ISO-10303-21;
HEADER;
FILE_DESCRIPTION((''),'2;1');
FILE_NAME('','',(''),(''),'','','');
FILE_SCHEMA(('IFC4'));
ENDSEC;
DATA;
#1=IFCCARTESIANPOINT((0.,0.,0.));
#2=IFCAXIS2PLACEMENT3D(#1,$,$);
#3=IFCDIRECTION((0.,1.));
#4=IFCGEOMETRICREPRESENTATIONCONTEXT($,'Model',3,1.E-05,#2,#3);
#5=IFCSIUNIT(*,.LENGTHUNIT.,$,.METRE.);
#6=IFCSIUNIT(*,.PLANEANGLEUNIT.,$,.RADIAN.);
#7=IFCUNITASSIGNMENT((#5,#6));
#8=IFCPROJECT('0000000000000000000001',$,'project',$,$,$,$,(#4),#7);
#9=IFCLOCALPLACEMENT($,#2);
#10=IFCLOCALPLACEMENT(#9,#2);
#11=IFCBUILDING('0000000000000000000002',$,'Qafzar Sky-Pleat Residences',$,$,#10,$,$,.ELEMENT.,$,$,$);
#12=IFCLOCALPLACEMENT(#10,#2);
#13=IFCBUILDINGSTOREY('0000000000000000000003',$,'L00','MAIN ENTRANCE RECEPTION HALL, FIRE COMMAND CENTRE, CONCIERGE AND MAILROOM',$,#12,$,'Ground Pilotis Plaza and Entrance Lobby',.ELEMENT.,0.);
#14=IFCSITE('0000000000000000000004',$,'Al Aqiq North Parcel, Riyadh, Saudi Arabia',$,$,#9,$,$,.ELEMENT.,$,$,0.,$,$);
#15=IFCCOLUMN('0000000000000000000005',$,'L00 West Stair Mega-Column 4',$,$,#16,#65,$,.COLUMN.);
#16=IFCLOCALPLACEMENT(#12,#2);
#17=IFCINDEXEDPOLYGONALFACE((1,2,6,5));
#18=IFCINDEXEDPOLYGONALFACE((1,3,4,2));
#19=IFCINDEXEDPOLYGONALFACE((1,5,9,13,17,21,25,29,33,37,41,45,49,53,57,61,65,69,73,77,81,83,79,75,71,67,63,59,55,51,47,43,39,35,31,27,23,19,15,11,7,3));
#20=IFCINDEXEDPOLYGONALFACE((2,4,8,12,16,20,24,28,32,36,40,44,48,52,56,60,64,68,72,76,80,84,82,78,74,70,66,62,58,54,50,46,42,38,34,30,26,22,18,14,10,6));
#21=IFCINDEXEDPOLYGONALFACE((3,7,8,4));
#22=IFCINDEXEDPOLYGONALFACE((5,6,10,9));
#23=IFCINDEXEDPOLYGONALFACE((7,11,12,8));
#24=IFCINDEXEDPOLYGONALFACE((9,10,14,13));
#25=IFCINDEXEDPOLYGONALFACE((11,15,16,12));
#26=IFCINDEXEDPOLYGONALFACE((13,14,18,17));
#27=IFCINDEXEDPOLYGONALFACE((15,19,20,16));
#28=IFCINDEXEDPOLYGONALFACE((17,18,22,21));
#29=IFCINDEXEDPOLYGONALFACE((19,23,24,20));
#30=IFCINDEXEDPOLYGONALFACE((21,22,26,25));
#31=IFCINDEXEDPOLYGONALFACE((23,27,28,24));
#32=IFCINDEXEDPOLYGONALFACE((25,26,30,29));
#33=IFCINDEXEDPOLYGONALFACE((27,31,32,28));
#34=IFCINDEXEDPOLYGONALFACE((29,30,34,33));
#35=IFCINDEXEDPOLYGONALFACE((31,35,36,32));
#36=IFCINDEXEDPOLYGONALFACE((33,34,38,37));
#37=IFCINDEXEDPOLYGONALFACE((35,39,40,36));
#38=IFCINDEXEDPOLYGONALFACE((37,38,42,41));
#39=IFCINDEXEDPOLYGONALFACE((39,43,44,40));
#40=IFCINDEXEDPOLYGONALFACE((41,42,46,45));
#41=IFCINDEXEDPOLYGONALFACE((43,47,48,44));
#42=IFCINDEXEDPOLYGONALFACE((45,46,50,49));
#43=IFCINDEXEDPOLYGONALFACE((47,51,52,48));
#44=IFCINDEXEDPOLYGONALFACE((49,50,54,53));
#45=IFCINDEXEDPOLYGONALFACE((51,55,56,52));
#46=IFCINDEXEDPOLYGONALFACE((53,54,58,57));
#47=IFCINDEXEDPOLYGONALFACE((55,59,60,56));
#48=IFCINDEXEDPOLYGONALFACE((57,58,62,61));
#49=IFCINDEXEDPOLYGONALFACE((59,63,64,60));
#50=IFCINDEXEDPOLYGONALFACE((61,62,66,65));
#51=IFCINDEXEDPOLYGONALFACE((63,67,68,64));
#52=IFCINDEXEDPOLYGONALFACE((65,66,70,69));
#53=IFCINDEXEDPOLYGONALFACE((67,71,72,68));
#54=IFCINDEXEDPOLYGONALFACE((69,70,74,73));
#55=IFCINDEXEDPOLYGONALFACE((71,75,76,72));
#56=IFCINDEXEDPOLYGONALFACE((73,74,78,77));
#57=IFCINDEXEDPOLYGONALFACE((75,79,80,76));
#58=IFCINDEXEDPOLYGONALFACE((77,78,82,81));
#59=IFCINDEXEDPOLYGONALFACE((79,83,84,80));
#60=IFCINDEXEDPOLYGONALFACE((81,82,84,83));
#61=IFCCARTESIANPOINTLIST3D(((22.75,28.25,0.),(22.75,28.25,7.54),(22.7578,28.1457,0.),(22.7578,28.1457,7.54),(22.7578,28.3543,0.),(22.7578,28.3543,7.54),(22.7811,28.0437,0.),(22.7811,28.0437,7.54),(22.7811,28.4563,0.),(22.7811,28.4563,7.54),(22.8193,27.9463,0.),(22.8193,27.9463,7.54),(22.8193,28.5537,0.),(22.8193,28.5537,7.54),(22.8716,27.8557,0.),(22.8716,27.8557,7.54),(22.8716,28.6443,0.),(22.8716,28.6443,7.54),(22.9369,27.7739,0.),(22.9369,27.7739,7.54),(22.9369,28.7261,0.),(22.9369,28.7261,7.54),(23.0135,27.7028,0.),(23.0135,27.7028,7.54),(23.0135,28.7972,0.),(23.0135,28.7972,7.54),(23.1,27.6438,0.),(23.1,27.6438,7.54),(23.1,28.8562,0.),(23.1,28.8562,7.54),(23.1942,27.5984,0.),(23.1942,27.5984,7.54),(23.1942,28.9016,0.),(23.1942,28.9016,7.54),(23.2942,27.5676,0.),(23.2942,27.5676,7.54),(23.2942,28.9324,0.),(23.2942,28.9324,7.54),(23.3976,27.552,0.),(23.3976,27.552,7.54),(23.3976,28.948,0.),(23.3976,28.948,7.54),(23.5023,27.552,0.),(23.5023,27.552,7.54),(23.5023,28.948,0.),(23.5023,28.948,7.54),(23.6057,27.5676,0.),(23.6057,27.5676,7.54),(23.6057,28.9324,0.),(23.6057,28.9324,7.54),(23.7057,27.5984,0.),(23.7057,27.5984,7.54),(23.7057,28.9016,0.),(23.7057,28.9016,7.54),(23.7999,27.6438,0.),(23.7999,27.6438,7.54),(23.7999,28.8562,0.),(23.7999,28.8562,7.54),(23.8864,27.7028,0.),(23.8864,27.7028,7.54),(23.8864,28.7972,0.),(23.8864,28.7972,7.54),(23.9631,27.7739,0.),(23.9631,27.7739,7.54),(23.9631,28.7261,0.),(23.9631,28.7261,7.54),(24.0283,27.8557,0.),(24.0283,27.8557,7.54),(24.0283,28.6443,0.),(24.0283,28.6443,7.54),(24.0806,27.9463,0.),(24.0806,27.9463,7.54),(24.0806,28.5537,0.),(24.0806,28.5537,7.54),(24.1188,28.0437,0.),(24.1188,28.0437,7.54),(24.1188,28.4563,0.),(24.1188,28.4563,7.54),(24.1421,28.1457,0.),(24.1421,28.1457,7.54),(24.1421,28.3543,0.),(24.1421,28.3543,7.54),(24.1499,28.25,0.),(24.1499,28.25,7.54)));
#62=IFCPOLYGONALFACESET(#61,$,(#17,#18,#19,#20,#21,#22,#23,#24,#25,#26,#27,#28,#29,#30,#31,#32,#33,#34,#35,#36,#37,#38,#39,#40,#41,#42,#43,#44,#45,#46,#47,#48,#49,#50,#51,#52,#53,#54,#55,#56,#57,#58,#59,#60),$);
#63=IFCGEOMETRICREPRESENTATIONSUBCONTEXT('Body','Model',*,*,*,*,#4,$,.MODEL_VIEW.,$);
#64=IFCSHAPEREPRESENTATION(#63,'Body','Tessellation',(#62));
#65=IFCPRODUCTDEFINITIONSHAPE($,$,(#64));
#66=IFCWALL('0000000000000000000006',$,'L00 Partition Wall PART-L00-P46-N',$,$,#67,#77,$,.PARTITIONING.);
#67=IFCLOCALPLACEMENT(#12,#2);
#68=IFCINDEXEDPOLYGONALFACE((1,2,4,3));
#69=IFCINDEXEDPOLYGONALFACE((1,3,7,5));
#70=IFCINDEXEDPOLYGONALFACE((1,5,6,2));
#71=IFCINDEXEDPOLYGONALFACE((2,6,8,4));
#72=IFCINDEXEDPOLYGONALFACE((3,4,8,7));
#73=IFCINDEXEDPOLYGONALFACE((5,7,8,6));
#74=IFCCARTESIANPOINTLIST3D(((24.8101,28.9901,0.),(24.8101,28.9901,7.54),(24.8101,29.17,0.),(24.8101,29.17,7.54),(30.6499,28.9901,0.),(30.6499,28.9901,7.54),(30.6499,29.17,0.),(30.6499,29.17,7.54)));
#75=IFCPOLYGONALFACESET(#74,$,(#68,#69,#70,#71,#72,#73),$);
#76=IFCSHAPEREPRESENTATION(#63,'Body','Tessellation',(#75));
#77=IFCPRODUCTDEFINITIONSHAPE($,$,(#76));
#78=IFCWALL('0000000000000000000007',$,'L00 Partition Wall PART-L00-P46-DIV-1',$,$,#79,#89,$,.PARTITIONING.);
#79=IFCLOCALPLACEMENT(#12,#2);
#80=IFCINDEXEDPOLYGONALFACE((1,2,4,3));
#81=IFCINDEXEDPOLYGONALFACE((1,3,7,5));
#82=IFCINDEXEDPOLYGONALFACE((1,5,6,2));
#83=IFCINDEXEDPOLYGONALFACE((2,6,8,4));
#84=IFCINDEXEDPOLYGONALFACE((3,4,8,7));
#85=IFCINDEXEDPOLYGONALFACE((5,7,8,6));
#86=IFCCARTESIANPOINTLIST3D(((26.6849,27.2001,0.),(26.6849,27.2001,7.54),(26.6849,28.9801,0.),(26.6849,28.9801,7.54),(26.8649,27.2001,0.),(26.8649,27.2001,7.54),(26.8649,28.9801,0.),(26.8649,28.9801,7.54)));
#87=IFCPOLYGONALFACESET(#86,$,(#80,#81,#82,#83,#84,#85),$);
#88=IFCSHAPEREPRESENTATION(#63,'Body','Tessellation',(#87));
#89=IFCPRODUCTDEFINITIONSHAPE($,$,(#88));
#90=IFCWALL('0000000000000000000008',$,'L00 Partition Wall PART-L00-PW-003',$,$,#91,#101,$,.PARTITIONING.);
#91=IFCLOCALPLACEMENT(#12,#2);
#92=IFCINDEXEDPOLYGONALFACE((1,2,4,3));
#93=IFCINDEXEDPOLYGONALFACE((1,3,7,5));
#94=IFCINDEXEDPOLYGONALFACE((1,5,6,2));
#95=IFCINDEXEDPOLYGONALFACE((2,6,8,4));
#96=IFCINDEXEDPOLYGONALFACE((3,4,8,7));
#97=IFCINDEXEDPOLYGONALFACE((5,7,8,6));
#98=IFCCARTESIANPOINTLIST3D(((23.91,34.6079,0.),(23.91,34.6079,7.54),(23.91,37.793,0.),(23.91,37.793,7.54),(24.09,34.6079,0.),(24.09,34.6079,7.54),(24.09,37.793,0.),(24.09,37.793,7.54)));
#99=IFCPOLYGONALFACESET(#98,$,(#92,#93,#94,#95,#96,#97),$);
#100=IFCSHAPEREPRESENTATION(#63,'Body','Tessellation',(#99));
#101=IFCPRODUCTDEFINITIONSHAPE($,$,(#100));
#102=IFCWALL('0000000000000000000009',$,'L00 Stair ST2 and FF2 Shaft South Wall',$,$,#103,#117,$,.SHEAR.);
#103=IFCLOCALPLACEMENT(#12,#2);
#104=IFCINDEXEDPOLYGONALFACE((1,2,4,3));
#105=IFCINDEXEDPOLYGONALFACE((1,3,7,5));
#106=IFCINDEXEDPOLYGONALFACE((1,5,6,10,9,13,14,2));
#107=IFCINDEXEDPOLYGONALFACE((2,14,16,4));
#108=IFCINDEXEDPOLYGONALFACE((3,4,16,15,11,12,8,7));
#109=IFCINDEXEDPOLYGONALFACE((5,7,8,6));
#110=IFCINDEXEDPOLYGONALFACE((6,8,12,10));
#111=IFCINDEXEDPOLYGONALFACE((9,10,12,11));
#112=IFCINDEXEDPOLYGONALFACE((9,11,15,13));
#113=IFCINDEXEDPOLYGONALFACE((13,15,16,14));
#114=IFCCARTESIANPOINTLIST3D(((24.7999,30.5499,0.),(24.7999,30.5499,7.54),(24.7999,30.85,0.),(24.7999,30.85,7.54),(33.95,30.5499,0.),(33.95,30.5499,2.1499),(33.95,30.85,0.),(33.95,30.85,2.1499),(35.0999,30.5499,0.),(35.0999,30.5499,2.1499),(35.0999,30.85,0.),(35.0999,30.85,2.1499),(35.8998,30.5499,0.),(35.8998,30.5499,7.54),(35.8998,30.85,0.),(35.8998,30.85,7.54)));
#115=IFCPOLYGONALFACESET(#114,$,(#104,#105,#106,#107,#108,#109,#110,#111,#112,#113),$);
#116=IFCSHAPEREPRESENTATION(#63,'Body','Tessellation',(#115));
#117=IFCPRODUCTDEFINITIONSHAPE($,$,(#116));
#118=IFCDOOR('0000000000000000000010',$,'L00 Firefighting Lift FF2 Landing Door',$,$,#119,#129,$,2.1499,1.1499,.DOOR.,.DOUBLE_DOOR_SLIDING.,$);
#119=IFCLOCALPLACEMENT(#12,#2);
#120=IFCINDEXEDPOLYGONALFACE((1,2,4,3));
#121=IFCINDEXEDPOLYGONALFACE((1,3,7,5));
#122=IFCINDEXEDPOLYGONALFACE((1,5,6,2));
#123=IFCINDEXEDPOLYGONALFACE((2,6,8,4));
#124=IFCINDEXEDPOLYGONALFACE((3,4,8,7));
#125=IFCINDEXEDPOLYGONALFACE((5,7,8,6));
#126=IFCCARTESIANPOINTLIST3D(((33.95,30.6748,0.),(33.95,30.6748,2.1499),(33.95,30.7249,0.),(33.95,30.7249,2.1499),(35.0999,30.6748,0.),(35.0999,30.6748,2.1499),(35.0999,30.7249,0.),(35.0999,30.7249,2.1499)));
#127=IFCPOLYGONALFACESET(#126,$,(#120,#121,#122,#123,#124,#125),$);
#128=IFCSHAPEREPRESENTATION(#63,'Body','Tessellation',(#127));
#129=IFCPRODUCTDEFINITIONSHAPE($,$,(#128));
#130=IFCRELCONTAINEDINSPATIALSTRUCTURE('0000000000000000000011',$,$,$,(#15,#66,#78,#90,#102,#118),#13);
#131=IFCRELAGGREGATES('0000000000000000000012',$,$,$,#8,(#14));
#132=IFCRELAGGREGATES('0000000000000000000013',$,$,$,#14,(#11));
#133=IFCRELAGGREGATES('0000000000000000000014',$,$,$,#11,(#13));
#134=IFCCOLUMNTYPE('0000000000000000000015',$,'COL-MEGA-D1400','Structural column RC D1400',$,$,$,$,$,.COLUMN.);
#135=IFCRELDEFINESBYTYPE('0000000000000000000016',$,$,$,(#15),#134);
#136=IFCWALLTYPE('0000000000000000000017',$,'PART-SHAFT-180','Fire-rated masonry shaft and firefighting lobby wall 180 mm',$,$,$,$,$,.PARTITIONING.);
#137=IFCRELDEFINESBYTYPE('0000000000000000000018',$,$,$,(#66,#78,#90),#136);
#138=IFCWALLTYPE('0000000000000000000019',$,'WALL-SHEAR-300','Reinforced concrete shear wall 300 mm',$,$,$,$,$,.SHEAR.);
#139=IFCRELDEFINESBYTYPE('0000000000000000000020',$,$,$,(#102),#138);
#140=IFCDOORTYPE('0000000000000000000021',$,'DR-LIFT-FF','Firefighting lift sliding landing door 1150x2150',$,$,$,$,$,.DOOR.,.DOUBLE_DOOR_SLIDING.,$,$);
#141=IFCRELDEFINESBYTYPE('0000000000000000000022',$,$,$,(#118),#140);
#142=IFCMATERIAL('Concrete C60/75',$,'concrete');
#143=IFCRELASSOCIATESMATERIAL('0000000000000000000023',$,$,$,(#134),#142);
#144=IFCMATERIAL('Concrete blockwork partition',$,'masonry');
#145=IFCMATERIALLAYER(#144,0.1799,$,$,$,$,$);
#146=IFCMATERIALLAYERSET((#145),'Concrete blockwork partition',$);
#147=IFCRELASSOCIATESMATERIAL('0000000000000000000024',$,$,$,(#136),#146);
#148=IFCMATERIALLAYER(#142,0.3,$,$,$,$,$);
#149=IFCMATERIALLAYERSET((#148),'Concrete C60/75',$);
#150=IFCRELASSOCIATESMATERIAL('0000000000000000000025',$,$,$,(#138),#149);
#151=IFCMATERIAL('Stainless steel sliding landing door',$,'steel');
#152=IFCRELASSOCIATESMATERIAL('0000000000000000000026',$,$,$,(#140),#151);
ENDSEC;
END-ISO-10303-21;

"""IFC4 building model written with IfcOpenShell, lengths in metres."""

from ifc_helpers import new_model, si_unit, direction, frame, frame_2d, origin, origin_2d, place, context, subcontext, project, spatial, rectangle, circle, extrude, source, transform, mapped, material, layer, layer_set, material_profile, profile_set, type_object, element, fill, save


model = new_model("IFC4")

# Units and contexts
model_context = context("Model", 3, precision=1e-05, world=origin(), true_north=direction((0.0, 1.0)))
body_context = subcontext(model_context, "Body", "Model", "MODEL_VIEW")
ifc_project = project(units=[si_unit("LENGTHUNIT", "METRE"), si_unit("PLANEANGLEUNIT", "RADIAN")], contexts=[model_context])

# Site, building, storey
site_placement = place(None, origin())
site = spatial("IfcSite", under=ifc_project, at=site_placement, Name="Al Aqiq North Parcel, Riyadh, Saudi Arabia", CompositionType="ELEMENT", RefElevation=0.0)
building_placement = place(site_placement, origin())
building = spatial("IfcBuilding", under=site, at=building_placement, Name="Qafzar Sky-Pleat Residences", CompositionType="ELEMENT")
storey_placement = place(building_placement, origin())
storey = spatial("IfcBuildingStorey", under=building, at=storey_placement, Name="L00", Description="MAIN ENTRANCE RECEPTION HALL, FIRE COMMAND CENTRE, CONCIERGE AND MAILROOM", LongName="Ground Pilotis Plaza and Entrance Lobby", CompositionType="ELEMENT", Elevation=0.0)

# Column
ifc_material_1 = material(Name="Concrete C60/75", Category="concrete")
ifc_material_profile = material_profile(ifc_material_1, circle(Radius=0.7, at=origin_2d()), Name="RC D1400")
ifc_profile_set = profile_set([ifc_material_profile], Name="Concrete C60/75")
column_type = type_object("IfcColumnType", Name="COL-MEGA-D1400", Description="Structural column RC D1400", PredefinedType="COLUMN", material=ifc_profile_set)
shared_shape_1 = source(origin(), body_context, "Body", "SweptSolid", [
    extrude(circle(Radius=0.7, at=origin_2d()), origin(), (0.0, 0.0, 1.0), 7.54),
])
column_placement = place(storey_placement, frame((23.45, 28.25, 0.0), z_axis=(0.0, 0.0, 1.0), x_axis=(1.0, 0.0, 0.0)))
element("IfcColumn", 1, at=column_placement, inside=storey, type_object=column_type, Name="L00 West Stair Mega-Column 4", PredefinedType="COLUMN", context=body_context, shape_type="MappedRepresentation", body=[
    mapped(shared_shape_1, transform((0.0, 0.0, 0.0), x_axis=(1.0, 0.0, 0.0), y_axis=(0.0, 1.0, 0.0), z_axis=(0.0, 0.0, 1.0), scale=1.0)),
])

# Wall
ifc_material_2 = material(Name="Concrete blockwork partition", Category="masonry")
ifc_layer_1 = layer(ifc_material_2, 0.1799)
ifc_layer_set_1 = layer_set([ifc_layer_1], Name="Concrete blockwork partition")
wall_type_1 = type_object("IfcWallType", Name="PART-SHAFT-180", Description="Fire-rated masonry shaft and firefighting lobby wall 180 mm", PredefinedType="PARTITIONING", material=ifc_layer_set_1)
wall_1_placement = place(storey_placement, frame((24.8101, 29.0801, 0.0), z_axis=(0.0, 0.0, 1.0), x_axis=(1.0, 0.0, 0.0)))
element("IfcWall", 2, at=wall_1_placement, inside=storey, type_object=wall_type_1, Name="L00 Partition Wall PART-L00-P46-N", PredefinedType="PARTITIONING", context=body_context, shape_type="SweptSolid", body=[
    extrude(rectangle(XDim=5.8398, YDim=0.1799, at=frame_2d((2.9199, 0.0))), origin(), (0.0, 0.0, 1.0), 7.54),
])

# Shared definitions
ifc_material_3 = material(Name="Stainless steel sliding landing door", Category="steel")

# Wall
wall_2_placement = place(storey_placement, frame((26.7749, 27.2, 0.0), z_axis=(0.0, 0.0, 1.0), x_axis=(0.0, 1.0, 0.0)))
element("IfcWall", 3, at=wall_2_placement, inside=storey, type_object=wall_type_1, Name="L00 Partition Wall PART-L00-P46-DIV-1", PredefinedType="PARTITIONING", context=body_context, shape_type="SweptSolid", body=[
    extrude(rectangle(XDim=1.78, YDim=0.1799, at=frame_2d((0.8901, 0.0))), origin(), (0.0, 0.0, 1.0), 7.54),
])

# Wall
wall_3_placement = place(storey_placement, frame((24.0, 34.6079, 0.0), z_axis=(0.0, 0.0, 1.0), x_axis=(0.0, 1.0, 0.0)))
element("IfcWall", 4, at=wall_3_placement, inside=storey, type_object=wall_type_1, Name="L00 Partition Wall PART-L00-PW-003", PredefinedType="PARTITIONING", context=body_context, shape_type="SweptSolid", body=[
    extrude(rectangle(XDim=3.1851, YDim=0.1799, at=frame_2d((1.5925, 0.0))), origin(), (0.0, 0.0, 1.0), 7.54),
])

# Wall, opening, door
ifc_layer_2 = layer(ifc_material_1, 0.3)
ifc_layer_set_2 = layer_set([ifc_layer_2], Name="Concrete C60/75")
wall_type_2 = type_object("IfcWallType", Name="WALL-SHEAR-300", Description="Reinforced concrete shear wall 300 mm", PredefinedType="SHEAR", material=ifc_layer_set_2)
wall_4_placement = place(storey_placement, frame((24.8, 30.7, 0.0), z_axis=(0.0, 0.0, 1.0), x_axis=(1.0, 0.0, 0.0)))
wall_4 = element("IfcWall", 5, at=wall_4_placement, inside=storey, type_object=wall_type_2, Name="L00 Stair ST2 and FF2 Shaft South Wall", PredefinedType="SHEAR", context=body_context, shape_type="SweptSolid", body=[
    extrude(rectangle(XDim=11.0999, YDim=0.3, at=frame_2d((5.5498, 0.0))), origin(), (0.0, 0.0, 1.0), 7.54),
])
opening_1_placement = place(wall_4_placement, frame((9.1499, 0.0, 0.0)))
opening_1 = element("IfcOpeningElement", 6, at=opening_1_placement, cuts=wall_4, PredefinedType="OPENING", context=body_context, shape_type="SweptSolid", body=[
    extrude(rectangle(XDim=1.1499, YDim=2.1499, at=frame_2d((0.575, 1.075))), frame((0.0, 0.1602, 0.0), z_axis=(0.0, -1.0, 0.0), x_axis=(1.0, 0.0, 0.0)), (0.0, 0.0, 1.0), 0.3201),
])
door_type_1 = type_object("IfcDoorType", Name="DR-LIFT-FF", Description="Firefighting lift sliding landing door 1150x2150", OperationType="DOUBLE_DOOR_SLIDING", PredefinedType="DOOR", material=ifc_material_3)
shared_shape_2 = source(origin(), body_context, "Body", "SweptSolid", [
    extrude(rectangle(XDim=1.1499, YDim=2.1499, at=frame_2d((0.575, 1.075))), frame((0.0, 0.0249, 0.0), z_axis=(0.0, -1.0, 0.0), x_axis=(1.0, 0.0, 0.0)), (0.0, 0.0, 1.0), 0.05),
])
door_1_placement = place(opening_1_placement, origin())
door_1 = element("IfcDoor", 7, at=door_1_placement, inside=storey, type_object=door_type_1, Name="L00 Firefighting Lift FF2 Landing Door", OperationType="DOUBLE_DOOR_SLIDING", OverallHeight=2.1499, OverallWidth=1.1499, PredefinedType="DOOR", context=body_context, shape_type="MappedRepresentation", body=[
    mapped(shared_shape_2, transform((0.0, 0.0, 0.0), x_axis=(1.0, 0.0, 0.0), y_axis=(0.0, 1.0, 0.0), z_axis=(0.0, 0.0, 1.0), scale=1.0)),
])
fill(opening_1, door_1)

save(model, "model.ifc")
